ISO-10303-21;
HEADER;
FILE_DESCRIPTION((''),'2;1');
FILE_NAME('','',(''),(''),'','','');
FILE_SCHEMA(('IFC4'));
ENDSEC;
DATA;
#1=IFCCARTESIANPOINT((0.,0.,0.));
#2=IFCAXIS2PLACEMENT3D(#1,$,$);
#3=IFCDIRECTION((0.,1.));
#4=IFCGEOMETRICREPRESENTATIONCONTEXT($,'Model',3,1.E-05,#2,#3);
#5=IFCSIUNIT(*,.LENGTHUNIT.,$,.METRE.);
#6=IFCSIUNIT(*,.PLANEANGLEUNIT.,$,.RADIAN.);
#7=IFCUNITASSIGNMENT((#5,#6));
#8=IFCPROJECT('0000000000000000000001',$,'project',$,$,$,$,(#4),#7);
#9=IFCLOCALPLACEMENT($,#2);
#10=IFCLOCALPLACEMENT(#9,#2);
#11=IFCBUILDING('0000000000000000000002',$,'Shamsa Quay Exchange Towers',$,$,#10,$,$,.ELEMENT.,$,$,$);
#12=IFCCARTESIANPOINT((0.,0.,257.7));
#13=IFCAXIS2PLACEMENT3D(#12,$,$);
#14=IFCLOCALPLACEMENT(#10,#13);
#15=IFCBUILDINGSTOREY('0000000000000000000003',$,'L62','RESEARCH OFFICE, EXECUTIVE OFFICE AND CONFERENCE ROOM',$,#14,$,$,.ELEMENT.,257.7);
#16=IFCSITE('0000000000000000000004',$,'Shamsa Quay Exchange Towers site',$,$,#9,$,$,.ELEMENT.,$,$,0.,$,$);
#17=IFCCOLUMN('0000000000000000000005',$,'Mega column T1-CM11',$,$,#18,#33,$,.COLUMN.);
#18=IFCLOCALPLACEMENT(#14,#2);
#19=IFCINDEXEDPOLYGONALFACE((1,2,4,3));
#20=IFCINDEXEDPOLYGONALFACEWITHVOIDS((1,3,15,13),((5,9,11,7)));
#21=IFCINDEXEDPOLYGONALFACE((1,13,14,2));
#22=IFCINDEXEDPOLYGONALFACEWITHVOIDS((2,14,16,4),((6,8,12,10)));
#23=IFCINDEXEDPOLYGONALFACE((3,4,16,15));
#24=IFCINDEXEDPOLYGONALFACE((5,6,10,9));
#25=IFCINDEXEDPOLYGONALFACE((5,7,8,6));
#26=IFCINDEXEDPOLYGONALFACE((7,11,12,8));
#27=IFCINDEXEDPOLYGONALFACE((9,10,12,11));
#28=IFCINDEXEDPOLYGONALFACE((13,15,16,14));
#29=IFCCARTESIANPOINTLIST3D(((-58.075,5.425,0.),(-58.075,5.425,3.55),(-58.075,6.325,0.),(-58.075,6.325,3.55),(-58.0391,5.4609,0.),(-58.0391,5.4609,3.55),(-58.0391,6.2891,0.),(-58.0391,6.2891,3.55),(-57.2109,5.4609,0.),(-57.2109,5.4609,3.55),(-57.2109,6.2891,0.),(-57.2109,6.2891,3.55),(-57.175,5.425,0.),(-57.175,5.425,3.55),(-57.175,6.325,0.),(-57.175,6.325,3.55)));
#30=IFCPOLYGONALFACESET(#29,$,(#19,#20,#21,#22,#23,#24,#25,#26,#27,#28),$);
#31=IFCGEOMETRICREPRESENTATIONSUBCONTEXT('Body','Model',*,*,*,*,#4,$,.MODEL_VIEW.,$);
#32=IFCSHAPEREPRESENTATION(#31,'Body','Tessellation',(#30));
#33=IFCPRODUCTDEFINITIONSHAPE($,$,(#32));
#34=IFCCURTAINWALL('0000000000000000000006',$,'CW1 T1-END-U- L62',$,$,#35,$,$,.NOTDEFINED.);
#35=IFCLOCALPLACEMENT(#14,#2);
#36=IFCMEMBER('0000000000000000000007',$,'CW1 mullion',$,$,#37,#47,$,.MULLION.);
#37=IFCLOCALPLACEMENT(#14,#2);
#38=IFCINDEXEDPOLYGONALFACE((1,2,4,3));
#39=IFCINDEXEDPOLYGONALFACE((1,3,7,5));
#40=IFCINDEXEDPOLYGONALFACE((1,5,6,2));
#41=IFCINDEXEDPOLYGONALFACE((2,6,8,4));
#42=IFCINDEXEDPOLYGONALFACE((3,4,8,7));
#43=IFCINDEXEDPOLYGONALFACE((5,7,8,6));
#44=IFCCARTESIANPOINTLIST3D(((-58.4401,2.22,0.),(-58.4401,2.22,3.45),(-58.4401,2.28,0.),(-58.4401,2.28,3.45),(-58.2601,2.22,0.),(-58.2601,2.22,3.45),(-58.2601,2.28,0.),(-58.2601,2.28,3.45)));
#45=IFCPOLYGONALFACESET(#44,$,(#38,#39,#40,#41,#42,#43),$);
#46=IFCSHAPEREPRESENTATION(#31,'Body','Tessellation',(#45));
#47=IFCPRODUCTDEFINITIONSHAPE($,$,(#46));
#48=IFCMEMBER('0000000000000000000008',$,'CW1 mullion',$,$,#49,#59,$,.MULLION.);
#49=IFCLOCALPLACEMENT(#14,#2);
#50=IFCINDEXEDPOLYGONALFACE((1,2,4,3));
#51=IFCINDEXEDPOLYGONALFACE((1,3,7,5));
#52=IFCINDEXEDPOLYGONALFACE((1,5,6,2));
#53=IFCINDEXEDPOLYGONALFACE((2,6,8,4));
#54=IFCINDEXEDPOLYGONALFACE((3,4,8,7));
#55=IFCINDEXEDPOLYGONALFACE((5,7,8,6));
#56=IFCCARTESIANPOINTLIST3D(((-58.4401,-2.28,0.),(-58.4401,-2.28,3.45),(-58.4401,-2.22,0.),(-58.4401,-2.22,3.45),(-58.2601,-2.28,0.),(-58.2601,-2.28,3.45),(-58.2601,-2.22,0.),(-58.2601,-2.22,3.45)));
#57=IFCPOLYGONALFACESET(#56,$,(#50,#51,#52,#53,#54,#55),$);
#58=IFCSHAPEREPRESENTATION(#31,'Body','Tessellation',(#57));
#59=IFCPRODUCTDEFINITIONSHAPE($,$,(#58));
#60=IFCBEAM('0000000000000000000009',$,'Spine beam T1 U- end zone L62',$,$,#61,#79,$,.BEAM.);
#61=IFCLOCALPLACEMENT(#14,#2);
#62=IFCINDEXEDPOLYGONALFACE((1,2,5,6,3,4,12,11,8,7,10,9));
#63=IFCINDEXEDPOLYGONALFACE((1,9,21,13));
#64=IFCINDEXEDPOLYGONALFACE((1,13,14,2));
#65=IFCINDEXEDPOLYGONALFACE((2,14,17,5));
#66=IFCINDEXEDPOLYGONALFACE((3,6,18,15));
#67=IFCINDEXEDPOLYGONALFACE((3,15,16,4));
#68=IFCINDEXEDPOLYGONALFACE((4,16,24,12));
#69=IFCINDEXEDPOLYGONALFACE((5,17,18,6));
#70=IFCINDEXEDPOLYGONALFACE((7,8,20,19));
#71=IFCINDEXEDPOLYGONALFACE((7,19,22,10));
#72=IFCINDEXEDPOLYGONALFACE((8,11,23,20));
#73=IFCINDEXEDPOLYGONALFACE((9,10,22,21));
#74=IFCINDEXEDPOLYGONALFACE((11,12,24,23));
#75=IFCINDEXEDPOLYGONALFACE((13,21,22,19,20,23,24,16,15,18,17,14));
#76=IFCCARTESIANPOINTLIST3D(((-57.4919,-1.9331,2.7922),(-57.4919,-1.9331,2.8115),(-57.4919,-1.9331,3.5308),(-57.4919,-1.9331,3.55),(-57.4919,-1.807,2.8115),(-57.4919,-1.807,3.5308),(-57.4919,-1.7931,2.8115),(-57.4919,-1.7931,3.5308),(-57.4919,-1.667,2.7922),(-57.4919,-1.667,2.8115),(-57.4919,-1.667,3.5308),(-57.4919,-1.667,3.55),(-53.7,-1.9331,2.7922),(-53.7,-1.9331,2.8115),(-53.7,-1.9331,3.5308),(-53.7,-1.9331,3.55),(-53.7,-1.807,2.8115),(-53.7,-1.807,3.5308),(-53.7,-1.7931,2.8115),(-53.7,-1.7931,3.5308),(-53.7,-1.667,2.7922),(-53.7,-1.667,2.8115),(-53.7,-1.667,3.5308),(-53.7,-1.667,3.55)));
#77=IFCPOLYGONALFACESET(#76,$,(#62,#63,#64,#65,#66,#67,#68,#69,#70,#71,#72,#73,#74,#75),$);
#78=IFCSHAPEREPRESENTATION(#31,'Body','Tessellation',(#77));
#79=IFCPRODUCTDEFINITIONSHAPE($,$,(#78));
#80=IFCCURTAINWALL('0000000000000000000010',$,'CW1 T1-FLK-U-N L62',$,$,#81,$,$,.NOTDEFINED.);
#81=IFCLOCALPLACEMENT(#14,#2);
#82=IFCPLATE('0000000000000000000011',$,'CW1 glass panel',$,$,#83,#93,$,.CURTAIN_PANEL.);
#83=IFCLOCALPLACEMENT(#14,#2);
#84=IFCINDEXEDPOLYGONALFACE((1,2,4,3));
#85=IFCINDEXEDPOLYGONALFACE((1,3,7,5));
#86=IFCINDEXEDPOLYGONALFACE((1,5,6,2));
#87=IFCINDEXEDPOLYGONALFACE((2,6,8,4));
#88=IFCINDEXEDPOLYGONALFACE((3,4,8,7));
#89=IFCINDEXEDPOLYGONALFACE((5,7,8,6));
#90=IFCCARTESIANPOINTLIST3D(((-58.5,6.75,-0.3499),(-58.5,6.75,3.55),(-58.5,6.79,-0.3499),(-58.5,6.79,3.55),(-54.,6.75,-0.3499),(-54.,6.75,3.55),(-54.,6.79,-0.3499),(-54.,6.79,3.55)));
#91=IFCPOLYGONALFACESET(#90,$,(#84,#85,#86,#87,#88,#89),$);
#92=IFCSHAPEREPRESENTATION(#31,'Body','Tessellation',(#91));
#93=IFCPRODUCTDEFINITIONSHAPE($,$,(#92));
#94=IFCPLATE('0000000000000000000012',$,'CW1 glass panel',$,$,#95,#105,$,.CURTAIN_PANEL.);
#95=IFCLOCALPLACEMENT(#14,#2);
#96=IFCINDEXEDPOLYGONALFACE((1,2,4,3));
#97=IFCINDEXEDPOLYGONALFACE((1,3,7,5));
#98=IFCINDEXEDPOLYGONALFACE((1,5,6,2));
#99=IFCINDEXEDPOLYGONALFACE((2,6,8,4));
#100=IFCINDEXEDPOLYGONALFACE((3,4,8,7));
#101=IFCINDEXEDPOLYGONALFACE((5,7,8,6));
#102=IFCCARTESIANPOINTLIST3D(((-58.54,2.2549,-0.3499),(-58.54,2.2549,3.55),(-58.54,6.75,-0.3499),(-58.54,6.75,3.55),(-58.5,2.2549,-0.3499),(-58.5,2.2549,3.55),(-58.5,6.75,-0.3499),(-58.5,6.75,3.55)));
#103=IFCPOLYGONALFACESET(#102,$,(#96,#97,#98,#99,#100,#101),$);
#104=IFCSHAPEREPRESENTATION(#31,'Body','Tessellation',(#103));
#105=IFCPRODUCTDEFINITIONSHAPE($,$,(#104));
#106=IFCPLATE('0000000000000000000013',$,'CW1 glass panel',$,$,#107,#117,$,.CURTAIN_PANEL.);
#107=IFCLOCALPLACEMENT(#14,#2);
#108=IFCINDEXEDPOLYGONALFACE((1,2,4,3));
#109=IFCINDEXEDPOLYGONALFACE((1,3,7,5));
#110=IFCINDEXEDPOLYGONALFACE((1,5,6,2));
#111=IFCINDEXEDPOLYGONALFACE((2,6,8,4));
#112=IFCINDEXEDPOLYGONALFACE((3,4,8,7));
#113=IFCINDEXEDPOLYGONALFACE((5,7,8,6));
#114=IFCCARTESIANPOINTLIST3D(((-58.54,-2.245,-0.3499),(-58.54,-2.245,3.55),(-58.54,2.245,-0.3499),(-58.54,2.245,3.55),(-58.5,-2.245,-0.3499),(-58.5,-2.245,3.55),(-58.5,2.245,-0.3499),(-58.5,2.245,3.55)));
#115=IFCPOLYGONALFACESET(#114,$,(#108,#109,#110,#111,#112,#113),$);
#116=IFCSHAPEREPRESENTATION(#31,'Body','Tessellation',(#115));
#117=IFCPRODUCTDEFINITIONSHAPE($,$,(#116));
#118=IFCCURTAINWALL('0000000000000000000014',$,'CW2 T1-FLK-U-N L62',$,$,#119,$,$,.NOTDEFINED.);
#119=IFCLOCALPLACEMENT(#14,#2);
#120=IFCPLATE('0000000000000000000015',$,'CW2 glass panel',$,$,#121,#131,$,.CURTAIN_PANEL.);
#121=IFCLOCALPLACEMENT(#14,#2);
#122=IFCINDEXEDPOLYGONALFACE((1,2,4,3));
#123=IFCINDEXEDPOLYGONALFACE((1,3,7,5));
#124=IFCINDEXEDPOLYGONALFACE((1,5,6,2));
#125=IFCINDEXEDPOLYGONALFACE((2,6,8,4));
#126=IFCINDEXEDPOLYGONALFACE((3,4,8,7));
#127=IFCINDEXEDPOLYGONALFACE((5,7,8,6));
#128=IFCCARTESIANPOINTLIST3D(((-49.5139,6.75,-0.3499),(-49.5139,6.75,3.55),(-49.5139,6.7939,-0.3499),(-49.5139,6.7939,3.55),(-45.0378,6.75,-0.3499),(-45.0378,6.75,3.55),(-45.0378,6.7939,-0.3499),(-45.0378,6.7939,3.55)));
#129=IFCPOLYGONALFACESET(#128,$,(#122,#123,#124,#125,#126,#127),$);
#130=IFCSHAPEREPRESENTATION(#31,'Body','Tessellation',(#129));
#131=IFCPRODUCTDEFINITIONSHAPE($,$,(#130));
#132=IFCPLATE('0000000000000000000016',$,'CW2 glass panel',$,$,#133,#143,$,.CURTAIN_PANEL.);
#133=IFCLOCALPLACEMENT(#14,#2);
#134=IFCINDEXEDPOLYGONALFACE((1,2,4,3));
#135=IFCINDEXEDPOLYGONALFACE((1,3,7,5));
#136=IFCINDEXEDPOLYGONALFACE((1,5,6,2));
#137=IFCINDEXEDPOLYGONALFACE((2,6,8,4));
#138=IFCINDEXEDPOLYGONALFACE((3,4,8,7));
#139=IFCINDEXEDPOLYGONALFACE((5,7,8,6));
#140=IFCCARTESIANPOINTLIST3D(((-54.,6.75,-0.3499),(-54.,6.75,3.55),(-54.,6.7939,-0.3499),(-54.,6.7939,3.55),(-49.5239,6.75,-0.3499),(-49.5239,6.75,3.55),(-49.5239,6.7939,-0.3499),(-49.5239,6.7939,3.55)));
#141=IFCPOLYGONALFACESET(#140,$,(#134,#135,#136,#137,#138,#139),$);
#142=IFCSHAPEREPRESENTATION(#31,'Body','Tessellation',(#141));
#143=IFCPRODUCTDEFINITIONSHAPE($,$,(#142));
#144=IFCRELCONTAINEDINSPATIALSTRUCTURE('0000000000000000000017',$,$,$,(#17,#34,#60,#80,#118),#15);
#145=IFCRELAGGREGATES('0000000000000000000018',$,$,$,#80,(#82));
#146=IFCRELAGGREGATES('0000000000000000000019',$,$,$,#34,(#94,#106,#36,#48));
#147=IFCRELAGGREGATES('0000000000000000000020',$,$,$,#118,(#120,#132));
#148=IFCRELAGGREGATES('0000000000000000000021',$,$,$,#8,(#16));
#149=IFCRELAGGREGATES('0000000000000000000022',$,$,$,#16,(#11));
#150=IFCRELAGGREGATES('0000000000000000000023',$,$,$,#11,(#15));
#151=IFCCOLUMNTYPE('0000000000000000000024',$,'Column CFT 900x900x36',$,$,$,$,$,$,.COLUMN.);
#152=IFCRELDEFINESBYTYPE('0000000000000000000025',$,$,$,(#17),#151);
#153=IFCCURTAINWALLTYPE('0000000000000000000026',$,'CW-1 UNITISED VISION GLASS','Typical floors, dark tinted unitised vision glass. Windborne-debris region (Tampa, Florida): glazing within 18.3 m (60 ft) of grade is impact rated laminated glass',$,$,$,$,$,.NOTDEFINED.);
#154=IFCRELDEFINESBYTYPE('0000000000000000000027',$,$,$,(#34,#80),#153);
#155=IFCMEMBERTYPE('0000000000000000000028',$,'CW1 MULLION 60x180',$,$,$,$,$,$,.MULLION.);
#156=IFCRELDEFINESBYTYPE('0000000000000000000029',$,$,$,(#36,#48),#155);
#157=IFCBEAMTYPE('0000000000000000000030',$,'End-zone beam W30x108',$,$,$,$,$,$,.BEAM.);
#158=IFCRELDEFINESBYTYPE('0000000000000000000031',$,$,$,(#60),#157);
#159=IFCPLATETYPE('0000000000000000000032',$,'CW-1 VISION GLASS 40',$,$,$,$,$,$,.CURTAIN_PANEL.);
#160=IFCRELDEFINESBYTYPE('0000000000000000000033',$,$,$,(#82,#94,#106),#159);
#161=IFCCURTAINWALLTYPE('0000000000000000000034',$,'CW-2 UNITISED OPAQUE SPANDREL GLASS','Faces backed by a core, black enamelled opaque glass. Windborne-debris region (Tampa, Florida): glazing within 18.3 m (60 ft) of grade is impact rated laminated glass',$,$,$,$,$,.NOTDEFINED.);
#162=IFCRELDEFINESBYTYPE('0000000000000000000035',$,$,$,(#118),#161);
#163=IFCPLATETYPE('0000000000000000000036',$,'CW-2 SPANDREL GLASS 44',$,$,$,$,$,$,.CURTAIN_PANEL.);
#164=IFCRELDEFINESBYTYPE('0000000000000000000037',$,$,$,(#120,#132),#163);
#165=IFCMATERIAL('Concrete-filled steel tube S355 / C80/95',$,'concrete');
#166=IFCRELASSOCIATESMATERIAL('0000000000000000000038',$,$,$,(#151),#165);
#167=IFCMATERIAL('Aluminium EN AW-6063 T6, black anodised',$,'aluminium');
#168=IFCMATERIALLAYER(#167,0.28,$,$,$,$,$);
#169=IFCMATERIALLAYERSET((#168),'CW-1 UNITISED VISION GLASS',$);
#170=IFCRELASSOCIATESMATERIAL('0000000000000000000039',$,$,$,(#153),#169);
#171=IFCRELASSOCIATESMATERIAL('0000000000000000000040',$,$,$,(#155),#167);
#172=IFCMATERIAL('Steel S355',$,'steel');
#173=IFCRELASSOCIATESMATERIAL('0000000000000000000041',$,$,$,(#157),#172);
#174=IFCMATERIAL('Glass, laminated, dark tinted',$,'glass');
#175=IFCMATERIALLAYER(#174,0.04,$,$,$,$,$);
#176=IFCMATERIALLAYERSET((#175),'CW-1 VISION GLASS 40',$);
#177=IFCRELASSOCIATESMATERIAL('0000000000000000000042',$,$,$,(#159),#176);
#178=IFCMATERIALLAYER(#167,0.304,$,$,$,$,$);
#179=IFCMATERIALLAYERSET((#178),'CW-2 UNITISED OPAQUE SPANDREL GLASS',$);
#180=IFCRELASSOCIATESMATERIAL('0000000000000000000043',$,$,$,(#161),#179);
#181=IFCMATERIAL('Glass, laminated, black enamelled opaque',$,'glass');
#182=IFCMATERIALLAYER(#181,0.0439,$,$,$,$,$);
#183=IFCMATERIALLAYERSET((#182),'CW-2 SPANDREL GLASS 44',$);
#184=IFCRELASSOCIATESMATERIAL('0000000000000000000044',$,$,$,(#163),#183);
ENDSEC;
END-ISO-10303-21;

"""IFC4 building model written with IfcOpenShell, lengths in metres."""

from ifc_helpers import new_model, si_unit, direction, frame, origin, origin_2d, place, context, subcontext, project, spatial, rectangle, hollow_rectangle, i_section, extrude, material, layer, layer_set, material_profile, profile_set, type_object, element, aggregate, save


model = new_model("IFC4")

# Units and contexts
model_context = context("Model", 3, precision=1e-05, world=origin(), true_north=direction((0.0, 1.0)))
body_context = subcontext(model_context, "Body", "Model", "MODEL_VIEW")
ifc_project = project(units=[si_unit("LENGTHUNIT", "METRE"), si_unit("PLANEANGLEUNIT", "RADIAN")], contexts=[model_context])

# Site, building, storey
site_placement = place(None, origin())
site = spatial("IfcSite", under=ifc_project, at=site_placement, Name="Shamsa Quay Exchange Towers site", CompositionType="ELEMENT", RefElevation=0.0)
building_placement = place(site_placement, origin())
building = spatial("IfcBuilding", under=site, at=building_placement, Name="Shamsa Quay Exchange Towers", CompositionType="ELEMENT")
storey_placement = place(building_placement, frame((0.0, 0.0, 257.7)))
storey = spatial("IfcBuildingStorey", under=building, at=storey_placement, Name="L62", Description="RESEARCH OFFICE, EXECUTIVE OFFICE AND CONFERENCE ROOM", CompositionType="ELEMENT", Elevation=257.7)

# Column
ifc_material_1 = material(Name="Concrete-filled steel tube S355 / C80/95", Category="concrete")
ifc_material_profile_1 = material_profile(ifc_material_1, hollow_rectangle(XDim=0.8999, YDim=0.8999, WallThickness=0.0359, at=origin_2d()), Name="CFT 900x900x36")
ifc_profile_set_1 = profile_set([ifc_material_profile_1], Name="Concrete-filled steel tube S355 / C80/95")
column_type = type_object("IfcColumnType", Name="Column CFT 900x900x36", PredefinedType="COLUMN", material=ifc_profile_set_1)
column_placement = place(storey_placement, frame((-57.625, 5.875, 0.0)))
element("IfcColumn", 1, at=column_placement, inside=storey, type_object=column_type, Name="Mega column T1-CM11", PredefinedType="COLUMN", context=body_context, shape_type="SweptSolid", body=[
    extrude(hollow_rectangle(XDim=0.8999, YDim=0.8999, WallThickness=0.0359, at=origin_2d()), origin(), (0.0, 0.0, 1.0), 3.55),
])

# Curtain wall, members
ifc_material_2 = material(Name="Aluminium EN AW-6063 T6, black anodised", Category="aluminium")
ifc_layer_1 = layer(ifc_material_2, 0.28)
ifc_layer_set_1 = layer_set([ifc_layer_1], Name="CW-1 UNITISED VISION GLASS")
curtain_wall_type_1 = type_object("IfcCurtainWallType", Name="CW-1 UNITISED VISION GLASS", Description="Typical floors, dark tinted unitised vision glass. Windborne-debris region (Tampa, Florida): glazing within 18.3 m (60 ft) of grade is impact rated laminated glass", PredefinedType="NOTDEFINED", material=ifc_layer_set_1)
curtain_wall_1_placement = place(storey_placement, origin())
curtain_wall_1 = element("IfcCurtainWall", 2, at=curtain_wall_1_placement, inside=storey, type_object=curtain_wall_type_1, Name="CW1 T1-END-U- L62", PredefinedType="NOTDEFINED")
ifc_material_profile_2 = material_profile(ifc_material_2, rectangle(XDim=0.1799, YDim=0.0601, at=origin_2d()), Name="MU60x180")
ifc_profile_set_2 = profile_set([ifc_material_profile_2], Name="Aluminium EN AW-6063 T6, black anodised")
member_type = type_object("IfcMemberType", Name="CW1 MULLION 60x180", PredefinedType="MULLION", material=ifc_profile_set_2)
member_1_placement = place(storey_placement, frame((-58.3501, 2.25, 0.0)))
member_1 = element("IfcMember", 3, at=member_1_placement, type_object=member_type, Name="CW1 mullion", PredefinedType="MULLION", context=body_context, shape_type="SweptSolid", body=[
    extrude(rectangle(XDim=0.1799, YDim=0.0601, at=origin_2d()), origin(), (0.0, 0.0, 1.0), 3.45),
])
member_2_placement = place(storey_placement, frame((-58.3501, -2.25, 0.0)))
member_2 = element("IfcMember", 4, at=member_2_placement, type_object=member_type, Name="CW1 mullion", PredefinedType="MULLION", context=body_context, shape_type="SweptSolid", body=[
    extrude(rectangle(XDim=0.1799, YDim=0.0601, at=origin_2d()), origin(), (0.0, 0.0, 1.0), 3.45),
])

# Beam
ifc_material_3 = material(Name="Steel S355", Category="steel")
ifc_material_profile_3 = material_profile(ifc_material_3, i_section(OverallWidth=0.2661, OverallDepth=0.7578, WebThickness=0.0139, FlangeThickness=0.0193, at=origin_2d()), Name="W30x108")
ifc_profile_set_3 = profile_set([ifc_material_profile_3], Name="Steel S355")
beam_type = type_object("IfcBeamType", Name="End-zone beam W30x108", PredefinedType="BEAM", material=ifc_profile_set_3)
beam_placement = place(storey_placement, frame((-53.7, -1.8, 3.1711), z_axis=(-1.0, 0.0, 0.0), x_axis=(0.0, -1.0, 0.0)))
element("IfcBeam", 5, at=beam_placement, inside=storey, type_object=beam_type, Name="Spine beam T1 U- end zone L62", PredefinedType="BEAM", context=body_context, shape_type="SweptSolid", body=[
    extrude(i_section(OverallWidth=0.2661, OverallDepth=0.7578, WebThickness=0.0139, FlangeThickness=0.0193, at=origin_2d()), origin(), (0.0, 0.0, 1.0), 3.792),
])

# Curtain wall, plate
curtain_wall_2_placement = place(storey_placement, origin())
curtain_wall_2 = element("IfcCurtainWall", 6, at=curtain_wall_2_placement, inside=storey, type_object=curtain_wall_type_1, Name="CW1 T1-FLK-U-N L62", PredefinedType="NOTDEFINED")
ifc_material_4 = material(Name="Glass, laminated, dark tinted", Category="glass")
ifc_layer_2 = layer(ifc_material_4, 0.04)
ifc_layer_set_2 = layer_set([ifc_layer_2], Name="CW-1 VISION GLASS 40")
plate_type_1 = type_object("IfcPlateType", Name="CW-1 VISION GLASS 40", PredefinedType="CURTAIN_PANEL", material=ifc_layer_set_2)
plate_1_placement = place(storey_placement, frame((-56.25, 6.77, -0.3499), z_axis=(0.0, 0.0, 1.0), x_axis=(-1.0, 0.0, 0.0)))
plate_1 = element("IfcPlate", 7, at=plate_1_placement, type_object=plate_type_1, Name="CW1 glass panel", PredefinedType="CURTAIN_PANEL", context=body_context, shape_type="SweptSolid", body=[
    extrude(rectangle(XDim=4.5, YDim=0.04, at=origin_2d()), origin(), (0.0, 0.0, 1.0), 3.8999),
])
aggregate(curtain_wall_2, [plate_1])

# Plates
plate_2_placement = place(storey_placement, frame((-58.52, 4.5024, -0.3499), z_axis=(0.0, 0.0, 1.0), x_axis=(0.0, -1.0, 0.0)))
plate_2 = element("IfcPlate", 8, at=plate_2_placement, type_object=plate_type_1, Name="CW1 glass panel", PredefinedType="CURTAIN_PANEL", context=body_context, shape_type="SweptSolid", body=[
    extrude(rectangle(XDim=4.4951, YDim=0.04, at=origin_2d()), origin(), (0.0, 0.0, 1.0), 3.8999),
])
plate_3_placement = place(storey_placement, frame((-58.52, 0.0, -0.3499), z_axis=(0.0, 0.0, 1.0), x_axis=(0.0, -1.0, 0.0)))
plate_3 = element("IfcPlate", 9, at=plate_3_placement, type_object=plate_type_1, Name="CW1 glass panel", PredefinedType="CURTAIN_PANEL", context=body_context, shape_type="SweptSolid", body=[
    extrude(rectangle(XDim=4.49, YDim=0.04, at=origin_2d()), origin(), (0.0, 0.0, 1.0), 3.8999),
])
aggregate(curtain_wall_1, [plate_2, plate_3, member_1, member_2])

# Curtain wall, plates
ifc_layer_3 = layer(ifc_material_2, 0.304)
ifc_layer_set_3 = layer_set([ifc_layer_3], Name="CW-2 UNITISED OPAQUE SPANDREL GLASS")
curtain_wall_type_2 = type_object("IfcCurtainWallType", Name="CW-2 UNITISED OPAQUE SPANDREL GLASS", Description="Faces backed by a core, black enamelled opaque glass. Windborne-debris region (Tampa, Florida): glazing within 18.3 m (60 ft) of grade is impact rated laminated glass", PredefinedType="NOTDEFINED", material=ifc_layer_set_3)
curtain_wall_3_placement = place(storey_placement, origin())
curtain_wall_3 = element("IfcCurtainWall", 10, at=curtain_wall_3_placement, inside=storey, type_object=curtain_wall_type_2, Name="CW2 T1-FLK-U-N L62", PredefinedType="NOTDEFINED")
ifc_material_5 = material(Name="Glass, laminated, black enamelled opaque", Category="glass")
ifc_layer_4 = layer(ifc_material_5, 0.0439)
ifc_layer_set_4 = layer_set([ifc_layer_4], Name="CW-2 SPANDREL GLASS 44")
plate_type_2 = type_object("IfcPlateType", Name="CW-2 SPANDREL GLASS 44", PredefinedType="CURTAIN_PANEL", material=ifc_layer_set_4)
plate_4_placement = place(storey_placement, frame((-47.2759, 6.772, -0.3499), z_axis=(0.0, 0.0, 1.0), x_axis=(-1.0, 0.0, 0.0)))
plate_4 = element("IfcPlate", 11, at=plate_4_placement, type_object=plate_type_2, Name="CW2 glass panel", PredefinedType="CURTAIN_PANEL", context=body_context, shape_type="SweptSolid", body=[
    extrude(rectangle(XDim=4.4761, YDim=0.0439, at=origin_2d()), origin(), (0.0, 0.0, 1.0), 3.8999),
])
plate_5_placement = place(storey_placement, frame((-51.762, 6.772, -0.3499), z_axis=(0.0, 0.0, 1.0), x_axis=(-1.0, 0.0, 0.0)))
plate_5 = element("IfcPlate", 12, at=plate_5_placement, type_object=plate_type_2, Name="CW2 glass panel", PredefinedType="CURTAIN_PANEL", context=body_context, shape_type="SweptSolid", body=[
    extrude(rectangle(XDim=4.4761, YDim=0.0439, at=origin_2d()), origin(), (0.0, 0.0, 1.0), 3.8999),
])
aggregate(curtain_wall_3, [plate_4, plate_5])

save(model, "model.ifc")
